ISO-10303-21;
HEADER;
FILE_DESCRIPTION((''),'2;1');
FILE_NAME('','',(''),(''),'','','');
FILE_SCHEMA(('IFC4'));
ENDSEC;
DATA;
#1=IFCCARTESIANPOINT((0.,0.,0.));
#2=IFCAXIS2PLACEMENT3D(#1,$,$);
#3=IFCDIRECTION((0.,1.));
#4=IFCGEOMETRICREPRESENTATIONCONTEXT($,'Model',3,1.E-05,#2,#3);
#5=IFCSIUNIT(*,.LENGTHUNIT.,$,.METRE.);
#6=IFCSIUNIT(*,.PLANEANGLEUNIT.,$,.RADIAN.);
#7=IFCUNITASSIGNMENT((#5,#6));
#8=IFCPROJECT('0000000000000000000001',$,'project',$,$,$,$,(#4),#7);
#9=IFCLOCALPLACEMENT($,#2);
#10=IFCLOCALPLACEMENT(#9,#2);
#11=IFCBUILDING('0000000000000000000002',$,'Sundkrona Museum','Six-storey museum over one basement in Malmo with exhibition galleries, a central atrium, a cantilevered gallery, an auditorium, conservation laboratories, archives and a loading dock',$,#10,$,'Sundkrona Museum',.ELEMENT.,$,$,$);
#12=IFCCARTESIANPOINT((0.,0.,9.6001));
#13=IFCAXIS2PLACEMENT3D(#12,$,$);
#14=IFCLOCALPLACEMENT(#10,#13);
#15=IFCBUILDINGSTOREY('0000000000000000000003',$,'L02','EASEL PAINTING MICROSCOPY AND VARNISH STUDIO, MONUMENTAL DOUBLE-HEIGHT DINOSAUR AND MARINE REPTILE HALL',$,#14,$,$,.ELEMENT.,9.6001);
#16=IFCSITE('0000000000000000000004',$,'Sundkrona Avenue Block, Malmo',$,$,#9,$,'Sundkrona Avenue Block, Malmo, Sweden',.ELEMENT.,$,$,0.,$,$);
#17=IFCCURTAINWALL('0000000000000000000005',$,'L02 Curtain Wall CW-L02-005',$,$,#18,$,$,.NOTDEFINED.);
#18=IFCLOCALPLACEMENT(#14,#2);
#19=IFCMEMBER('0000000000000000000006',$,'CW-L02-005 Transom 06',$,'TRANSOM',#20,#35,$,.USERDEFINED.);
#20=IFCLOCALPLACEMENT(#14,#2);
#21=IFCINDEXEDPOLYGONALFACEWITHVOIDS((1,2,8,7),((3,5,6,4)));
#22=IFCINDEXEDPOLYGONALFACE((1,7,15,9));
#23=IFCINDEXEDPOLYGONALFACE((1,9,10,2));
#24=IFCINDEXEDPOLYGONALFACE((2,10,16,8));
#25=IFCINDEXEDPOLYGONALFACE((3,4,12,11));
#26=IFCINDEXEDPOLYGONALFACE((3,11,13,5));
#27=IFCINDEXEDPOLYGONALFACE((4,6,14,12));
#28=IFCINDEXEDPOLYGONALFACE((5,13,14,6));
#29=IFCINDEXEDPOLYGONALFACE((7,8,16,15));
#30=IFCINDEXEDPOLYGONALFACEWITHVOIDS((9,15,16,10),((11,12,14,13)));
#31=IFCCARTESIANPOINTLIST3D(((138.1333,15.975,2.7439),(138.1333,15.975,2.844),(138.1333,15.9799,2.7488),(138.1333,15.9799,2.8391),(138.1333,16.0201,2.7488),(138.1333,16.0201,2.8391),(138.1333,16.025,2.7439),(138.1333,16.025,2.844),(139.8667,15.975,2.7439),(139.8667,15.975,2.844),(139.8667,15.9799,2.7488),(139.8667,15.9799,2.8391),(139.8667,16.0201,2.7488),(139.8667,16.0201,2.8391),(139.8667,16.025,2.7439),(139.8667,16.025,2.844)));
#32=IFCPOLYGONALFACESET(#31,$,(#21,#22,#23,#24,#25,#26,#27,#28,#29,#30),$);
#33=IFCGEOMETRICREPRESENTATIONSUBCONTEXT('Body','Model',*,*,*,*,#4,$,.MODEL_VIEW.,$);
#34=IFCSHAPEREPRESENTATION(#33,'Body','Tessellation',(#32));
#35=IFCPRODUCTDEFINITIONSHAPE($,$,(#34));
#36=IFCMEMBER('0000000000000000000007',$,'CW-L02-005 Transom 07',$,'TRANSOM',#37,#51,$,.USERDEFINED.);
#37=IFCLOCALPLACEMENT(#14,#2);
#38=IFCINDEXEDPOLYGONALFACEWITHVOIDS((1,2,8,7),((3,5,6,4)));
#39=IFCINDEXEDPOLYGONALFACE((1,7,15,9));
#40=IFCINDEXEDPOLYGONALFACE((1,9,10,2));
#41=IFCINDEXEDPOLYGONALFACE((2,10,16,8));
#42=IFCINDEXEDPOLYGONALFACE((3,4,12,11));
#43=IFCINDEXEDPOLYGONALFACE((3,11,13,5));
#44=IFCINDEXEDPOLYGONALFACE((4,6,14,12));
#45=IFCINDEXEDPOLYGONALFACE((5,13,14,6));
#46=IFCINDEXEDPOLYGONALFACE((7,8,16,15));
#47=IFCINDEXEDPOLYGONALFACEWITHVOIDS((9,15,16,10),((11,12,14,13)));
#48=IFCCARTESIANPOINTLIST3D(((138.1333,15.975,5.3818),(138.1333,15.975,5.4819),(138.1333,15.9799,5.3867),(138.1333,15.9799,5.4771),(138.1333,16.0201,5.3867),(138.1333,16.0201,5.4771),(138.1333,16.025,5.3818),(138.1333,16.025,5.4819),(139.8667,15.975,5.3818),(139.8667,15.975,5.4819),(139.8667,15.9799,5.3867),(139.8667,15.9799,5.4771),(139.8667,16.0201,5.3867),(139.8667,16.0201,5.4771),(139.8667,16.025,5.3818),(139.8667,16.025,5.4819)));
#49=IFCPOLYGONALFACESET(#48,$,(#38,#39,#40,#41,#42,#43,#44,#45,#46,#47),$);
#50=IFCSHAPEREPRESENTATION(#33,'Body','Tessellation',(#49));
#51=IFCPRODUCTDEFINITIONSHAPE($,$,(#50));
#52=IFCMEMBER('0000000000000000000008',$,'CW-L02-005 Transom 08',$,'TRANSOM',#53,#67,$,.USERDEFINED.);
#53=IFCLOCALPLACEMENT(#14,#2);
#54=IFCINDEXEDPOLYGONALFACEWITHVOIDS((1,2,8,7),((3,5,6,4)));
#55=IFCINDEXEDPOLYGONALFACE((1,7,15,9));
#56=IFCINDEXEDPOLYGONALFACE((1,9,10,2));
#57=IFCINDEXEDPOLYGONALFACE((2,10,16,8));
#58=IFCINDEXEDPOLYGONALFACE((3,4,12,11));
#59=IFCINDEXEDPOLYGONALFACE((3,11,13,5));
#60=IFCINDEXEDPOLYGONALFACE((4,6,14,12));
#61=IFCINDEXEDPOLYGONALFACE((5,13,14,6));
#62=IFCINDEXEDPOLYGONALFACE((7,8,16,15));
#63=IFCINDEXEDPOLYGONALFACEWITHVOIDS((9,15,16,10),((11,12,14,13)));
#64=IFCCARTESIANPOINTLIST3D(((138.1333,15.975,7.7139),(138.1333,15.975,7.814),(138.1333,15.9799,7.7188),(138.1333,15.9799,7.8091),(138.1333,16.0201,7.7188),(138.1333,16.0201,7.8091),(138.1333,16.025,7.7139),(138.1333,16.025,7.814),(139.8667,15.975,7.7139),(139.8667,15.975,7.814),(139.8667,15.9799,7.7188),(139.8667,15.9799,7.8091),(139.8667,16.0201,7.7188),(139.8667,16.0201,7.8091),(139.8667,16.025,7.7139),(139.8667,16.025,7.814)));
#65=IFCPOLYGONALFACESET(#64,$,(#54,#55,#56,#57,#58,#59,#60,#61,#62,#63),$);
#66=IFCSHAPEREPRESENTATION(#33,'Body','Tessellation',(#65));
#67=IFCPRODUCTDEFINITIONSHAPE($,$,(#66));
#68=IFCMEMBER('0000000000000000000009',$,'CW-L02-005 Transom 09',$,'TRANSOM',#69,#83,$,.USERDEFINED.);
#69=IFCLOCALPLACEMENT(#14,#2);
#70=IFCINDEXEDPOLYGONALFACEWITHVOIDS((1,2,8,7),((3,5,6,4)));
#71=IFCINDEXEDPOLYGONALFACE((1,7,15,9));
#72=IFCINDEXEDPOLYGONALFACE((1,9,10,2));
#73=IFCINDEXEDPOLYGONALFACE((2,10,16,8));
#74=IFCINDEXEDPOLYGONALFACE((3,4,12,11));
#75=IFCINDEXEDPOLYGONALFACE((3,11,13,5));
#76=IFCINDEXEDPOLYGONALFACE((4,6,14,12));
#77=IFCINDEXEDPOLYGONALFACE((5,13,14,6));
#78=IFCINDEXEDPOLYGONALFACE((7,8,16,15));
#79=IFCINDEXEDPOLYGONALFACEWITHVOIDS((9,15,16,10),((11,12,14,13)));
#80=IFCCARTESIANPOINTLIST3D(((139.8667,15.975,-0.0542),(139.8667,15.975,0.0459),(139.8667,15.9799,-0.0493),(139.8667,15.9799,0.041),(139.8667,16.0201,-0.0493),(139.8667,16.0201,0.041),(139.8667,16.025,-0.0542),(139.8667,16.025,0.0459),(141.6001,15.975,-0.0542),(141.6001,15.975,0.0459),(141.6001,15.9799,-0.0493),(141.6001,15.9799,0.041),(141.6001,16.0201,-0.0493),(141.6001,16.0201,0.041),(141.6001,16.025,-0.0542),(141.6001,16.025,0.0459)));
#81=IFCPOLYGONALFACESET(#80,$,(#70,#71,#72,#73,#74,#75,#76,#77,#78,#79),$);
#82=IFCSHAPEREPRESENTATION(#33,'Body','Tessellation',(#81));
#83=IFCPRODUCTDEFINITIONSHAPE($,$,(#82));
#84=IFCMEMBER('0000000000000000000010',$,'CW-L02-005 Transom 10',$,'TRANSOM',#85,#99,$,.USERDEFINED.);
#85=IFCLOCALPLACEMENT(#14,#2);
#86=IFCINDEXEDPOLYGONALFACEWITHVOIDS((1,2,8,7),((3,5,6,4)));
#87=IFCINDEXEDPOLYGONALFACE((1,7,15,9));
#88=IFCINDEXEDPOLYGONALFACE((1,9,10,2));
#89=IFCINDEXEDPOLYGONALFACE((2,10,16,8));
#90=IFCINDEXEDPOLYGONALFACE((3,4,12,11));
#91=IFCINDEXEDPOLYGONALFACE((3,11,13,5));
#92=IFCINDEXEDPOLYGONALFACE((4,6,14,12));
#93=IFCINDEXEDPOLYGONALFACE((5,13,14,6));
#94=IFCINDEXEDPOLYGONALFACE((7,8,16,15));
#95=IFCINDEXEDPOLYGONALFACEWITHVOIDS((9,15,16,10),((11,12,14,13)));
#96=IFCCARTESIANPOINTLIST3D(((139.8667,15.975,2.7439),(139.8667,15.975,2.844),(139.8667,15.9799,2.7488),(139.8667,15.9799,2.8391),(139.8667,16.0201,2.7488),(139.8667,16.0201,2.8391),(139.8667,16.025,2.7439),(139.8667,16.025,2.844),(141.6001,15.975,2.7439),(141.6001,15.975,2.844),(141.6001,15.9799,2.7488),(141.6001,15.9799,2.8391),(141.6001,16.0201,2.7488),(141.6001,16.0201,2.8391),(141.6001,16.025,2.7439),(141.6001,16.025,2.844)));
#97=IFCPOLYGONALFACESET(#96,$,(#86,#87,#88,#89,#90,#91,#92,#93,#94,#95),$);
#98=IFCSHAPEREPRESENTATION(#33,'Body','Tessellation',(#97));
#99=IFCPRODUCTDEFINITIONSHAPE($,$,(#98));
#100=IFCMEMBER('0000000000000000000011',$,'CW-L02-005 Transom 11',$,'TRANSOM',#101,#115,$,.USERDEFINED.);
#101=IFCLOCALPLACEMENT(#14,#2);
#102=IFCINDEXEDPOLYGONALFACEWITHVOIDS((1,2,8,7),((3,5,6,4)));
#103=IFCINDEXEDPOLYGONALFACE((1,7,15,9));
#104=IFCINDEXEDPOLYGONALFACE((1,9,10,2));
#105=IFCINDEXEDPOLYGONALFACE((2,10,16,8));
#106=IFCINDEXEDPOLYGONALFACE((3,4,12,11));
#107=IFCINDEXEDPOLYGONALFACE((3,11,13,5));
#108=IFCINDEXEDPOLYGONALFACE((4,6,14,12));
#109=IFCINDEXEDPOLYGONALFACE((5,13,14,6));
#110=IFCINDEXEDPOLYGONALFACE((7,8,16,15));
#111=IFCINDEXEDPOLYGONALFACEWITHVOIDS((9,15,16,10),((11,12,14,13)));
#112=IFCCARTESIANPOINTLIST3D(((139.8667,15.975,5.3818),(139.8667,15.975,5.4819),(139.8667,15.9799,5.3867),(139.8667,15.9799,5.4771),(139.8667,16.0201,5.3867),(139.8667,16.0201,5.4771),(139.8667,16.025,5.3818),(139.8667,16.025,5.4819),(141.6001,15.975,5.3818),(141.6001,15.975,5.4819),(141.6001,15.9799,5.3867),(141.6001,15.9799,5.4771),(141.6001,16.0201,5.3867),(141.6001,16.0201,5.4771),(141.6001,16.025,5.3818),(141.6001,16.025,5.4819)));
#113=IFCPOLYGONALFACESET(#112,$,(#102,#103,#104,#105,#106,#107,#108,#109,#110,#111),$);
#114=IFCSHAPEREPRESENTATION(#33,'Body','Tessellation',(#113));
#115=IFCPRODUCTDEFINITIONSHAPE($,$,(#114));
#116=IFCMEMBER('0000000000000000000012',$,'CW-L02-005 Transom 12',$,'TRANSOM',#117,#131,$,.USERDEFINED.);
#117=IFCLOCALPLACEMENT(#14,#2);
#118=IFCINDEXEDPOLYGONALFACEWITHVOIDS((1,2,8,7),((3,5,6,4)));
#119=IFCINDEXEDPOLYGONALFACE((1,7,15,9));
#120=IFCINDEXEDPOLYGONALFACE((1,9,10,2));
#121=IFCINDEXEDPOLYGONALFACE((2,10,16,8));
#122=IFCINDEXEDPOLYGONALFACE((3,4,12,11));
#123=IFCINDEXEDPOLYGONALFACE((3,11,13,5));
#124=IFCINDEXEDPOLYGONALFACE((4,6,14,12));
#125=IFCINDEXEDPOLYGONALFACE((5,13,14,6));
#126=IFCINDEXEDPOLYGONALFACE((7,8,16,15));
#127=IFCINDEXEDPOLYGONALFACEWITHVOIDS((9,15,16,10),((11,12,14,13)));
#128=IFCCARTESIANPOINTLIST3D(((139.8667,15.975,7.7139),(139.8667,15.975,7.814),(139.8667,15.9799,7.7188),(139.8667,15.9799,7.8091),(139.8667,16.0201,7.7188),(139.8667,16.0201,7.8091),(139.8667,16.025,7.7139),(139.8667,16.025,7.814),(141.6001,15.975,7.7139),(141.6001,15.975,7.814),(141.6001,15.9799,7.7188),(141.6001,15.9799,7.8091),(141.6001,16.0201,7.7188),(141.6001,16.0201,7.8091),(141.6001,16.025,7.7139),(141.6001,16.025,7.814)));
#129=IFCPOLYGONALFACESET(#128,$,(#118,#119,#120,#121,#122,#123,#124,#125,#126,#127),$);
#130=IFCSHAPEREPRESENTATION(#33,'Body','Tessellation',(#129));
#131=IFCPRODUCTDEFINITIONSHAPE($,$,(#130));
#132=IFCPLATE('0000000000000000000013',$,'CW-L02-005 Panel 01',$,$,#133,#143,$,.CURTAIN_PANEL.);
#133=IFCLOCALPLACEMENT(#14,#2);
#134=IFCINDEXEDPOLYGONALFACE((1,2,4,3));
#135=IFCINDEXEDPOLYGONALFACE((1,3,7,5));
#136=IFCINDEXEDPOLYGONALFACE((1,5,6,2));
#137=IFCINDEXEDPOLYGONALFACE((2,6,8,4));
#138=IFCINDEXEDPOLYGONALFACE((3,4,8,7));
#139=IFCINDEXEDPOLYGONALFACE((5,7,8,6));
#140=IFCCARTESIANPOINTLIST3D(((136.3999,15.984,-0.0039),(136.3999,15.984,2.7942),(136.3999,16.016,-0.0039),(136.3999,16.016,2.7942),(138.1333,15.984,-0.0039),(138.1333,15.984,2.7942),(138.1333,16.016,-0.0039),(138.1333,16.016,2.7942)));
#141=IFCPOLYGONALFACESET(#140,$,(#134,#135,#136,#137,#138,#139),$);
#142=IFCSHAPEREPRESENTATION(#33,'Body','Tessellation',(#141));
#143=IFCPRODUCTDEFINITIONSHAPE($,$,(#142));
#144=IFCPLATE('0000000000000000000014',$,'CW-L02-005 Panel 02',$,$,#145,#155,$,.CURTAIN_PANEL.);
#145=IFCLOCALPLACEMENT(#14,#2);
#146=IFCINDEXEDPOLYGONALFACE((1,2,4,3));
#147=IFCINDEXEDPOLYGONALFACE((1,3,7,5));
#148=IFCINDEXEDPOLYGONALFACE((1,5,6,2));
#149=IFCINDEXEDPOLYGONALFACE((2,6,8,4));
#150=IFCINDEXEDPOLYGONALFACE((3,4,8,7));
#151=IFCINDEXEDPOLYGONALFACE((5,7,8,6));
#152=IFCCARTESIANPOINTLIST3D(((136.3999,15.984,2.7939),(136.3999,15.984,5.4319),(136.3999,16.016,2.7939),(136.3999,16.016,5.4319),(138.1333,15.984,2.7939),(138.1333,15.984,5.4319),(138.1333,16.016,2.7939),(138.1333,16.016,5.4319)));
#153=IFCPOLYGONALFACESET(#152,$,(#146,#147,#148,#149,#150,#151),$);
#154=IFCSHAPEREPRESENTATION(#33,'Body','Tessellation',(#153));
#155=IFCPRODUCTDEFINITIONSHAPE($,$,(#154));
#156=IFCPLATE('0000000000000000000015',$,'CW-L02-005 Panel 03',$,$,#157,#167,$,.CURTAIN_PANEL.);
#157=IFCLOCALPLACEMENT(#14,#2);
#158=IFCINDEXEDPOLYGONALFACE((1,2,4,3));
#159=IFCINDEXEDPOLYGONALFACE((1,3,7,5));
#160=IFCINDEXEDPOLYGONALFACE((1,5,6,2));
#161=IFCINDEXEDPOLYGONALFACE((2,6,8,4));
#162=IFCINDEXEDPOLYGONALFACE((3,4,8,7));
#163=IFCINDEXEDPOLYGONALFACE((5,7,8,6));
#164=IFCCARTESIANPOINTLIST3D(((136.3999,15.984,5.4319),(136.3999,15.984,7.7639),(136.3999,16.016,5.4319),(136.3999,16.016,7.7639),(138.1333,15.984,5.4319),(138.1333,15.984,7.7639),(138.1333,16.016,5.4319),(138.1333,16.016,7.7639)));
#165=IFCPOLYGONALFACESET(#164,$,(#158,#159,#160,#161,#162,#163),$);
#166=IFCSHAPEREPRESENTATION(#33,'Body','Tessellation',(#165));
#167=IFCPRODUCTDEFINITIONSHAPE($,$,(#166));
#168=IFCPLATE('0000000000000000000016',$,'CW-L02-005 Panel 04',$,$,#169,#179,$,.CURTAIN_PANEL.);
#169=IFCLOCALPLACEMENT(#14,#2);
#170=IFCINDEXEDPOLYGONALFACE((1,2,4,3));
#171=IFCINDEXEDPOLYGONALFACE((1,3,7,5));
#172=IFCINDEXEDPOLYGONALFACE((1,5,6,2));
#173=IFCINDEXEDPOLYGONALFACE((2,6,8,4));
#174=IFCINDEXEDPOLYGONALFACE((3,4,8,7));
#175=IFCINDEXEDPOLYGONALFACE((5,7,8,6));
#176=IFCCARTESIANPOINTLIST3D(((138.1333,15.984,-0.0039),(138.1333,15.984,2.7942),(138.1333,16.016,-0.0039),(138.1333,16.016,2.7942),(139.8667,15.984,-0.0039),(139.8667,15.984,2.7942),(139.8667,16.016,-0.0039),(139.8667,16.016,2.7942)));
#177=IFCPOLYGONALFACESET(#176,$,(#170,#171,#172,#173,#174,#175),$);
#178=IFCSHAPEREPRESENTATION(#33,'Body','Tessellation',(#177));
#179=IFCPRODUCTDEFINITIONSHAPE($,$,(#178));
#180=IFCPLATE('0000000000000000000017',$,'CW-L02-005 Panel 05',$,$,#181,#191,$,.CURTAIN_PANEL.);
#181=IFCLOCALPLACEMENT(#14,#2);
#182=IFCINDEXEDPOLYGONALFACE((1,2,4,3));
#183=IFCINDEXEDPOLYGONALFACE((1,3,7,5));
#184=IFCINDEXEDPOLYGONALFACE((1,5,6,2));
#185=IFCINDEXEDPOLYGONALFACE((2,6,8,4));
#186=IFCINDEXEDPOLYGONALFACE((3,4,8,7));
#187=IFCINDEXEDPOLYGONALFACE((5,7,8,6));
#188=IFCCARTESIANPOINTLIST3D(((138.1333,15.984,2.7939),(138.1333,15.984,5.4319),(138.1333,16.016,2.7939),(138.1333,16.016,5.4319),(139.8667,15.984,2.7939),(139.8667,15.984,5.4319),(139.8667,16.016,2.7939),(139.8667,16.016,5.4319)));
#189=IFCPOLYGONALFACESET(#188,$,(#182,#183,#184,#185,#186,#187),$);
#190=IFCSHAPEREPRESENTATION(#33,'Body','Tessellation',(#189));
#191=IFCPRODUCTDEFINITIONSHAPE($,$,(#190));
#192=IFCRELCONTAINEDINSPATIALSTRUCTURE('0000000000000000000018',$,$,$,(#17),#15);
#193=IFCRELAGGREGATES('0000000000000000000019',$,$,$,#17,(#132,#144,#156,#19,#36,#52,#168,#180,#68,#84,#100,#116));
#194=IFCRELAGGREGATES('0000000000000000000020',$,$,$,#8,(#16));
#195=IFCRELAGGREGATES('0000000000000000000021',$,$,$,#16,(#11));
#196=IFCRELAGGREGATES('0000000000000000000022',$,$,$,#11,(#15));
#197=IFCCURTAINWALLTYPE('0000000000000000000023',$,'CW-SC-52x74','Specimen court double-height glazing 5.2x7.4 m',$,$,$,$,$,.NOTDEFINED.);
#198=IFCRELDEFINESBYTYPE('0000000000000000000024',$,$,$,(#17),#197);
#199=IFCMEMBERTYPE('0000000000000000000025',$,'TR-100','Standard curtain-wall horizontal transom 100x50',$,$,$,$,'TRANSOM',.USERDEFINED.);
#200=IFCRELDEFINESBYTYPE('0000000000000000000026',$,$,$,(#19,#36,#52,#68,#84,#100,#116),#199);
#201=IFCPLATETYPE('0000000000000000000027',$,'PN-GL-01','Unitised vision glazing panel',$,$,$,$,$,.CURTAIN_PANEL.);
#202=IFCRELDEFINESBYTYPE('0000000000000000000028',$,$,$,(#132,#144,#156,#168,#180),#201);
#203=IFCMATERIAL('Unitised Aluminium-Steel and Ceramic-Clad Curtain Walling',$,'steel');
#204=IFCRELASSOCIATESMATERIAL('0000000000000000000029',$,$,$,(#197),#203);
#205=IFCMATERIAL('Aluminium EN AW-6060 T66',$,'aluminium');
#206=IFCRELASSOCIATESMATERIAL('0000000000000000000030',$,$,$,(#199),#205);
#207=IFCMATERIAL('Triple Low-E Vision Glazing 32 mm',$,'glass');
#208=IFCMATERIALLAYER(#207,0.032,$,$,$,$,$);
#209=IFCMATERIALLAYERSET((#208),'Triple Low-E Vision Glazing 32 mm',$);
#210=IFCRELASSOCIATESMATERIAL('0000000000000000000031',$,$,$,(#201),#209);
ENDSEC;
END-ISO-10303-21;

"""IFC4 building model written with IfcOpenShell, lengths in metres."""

from ifc_helpers import new_model, si_unit, direction, frame, origin, origin_2d, place, context, subcontext, project, spatial, rectangle, hollow_rectangle, extrude, material, layer, layer_set, material_profile, profile_set, type_object, element, aggregate, save


model = new_model("IFC4")

# Units and contexts
model_context = context("Model", 3, precision=1e-05, world=origin(), true_north=direction((0.0, 1.0)))
body_context = subcontext(model_context, "Body", "Model", "MODEL_VIEW")
ifc_project = project(units=[si_unit("LENGTHUNIT", "METRE"), si_unit("PLANEANGLEUNIT", "RADIAN")], contexts=[model_context])

# Site, building, storey
site_placement = place(None, origin())
site = spatial("IfcSite", under=ifc_project, at=site_placement, Name="Sundkrona Avenue Block, Malmo", LongName="Sundkrona Avenue Block, Malmo, Sweden", CompositionType="ELEMENT", RefElevation=0.0)
building_placement = place(site_placement, origin())
building = spatial("IfcBuilding", under=site, at=building_placement, Name="Sundkrona Museum", Description="Six-storey museum over one basement in Malmo with exhibition galleries, a central atrium, a cantilevered gallery, an auditorium, conservation laboratories, archives and a loading dock", LongName="Sundkrona Museum", CompositionType="ELEMENT")
storey_placement = place(building_placement, frame((0.0, 0.0, 9.6001)))
storey = spatial("IfcBuildingStorey", under=building, at=storey_placement, Name="L02", Description="EASEL PAINTING MICROSCOPY AND VARNISH STUDIO, MONUMENTAL DOUBLE-HEIGHT DINOSAUR AND MARINE REPTILE HALL", CompositionType="ELEMENT", Elevation=9.6001)

# Curtain wall
ifc_material_1 = material(Name="Unitised Aluminium-Steel and Ceramic-Clad Curtain Walling", Category="steel")
curtain_wall_type = type_object("IfcCurtainWallType", Name="CW-SC-52x74", Description="Specimen court double-height glazing 5.2x7.4 m", PredefinedType="NOTDEFINED", material=ifc_material_1)
curtain_wall_1_placement = place(storey_placement, origin())
curtain_wall_1 = element("IfcCurtainWall", 1, at=curtain_wall_1_placement, inside=storey, type_object=curtain_wall_type, Name="L02 Curtain Wall CW-L02-005", PredefinedType="NOTDEFINED")
ifc_material_2 = material(Name="Aluminium EN AW-6060 T66", Category="aluminium")

# Members
ifc_material_profile_1 = material_profile(ifc_material_2, hollow_rectangle(XDim=0.05, YDim=0.1001, WallThickness=0.0049, at=origin_2d()), Name="RHS 100x50x5.0")
ifc_profile_set_1 = profile_set([ifc_material_profile_1], Name="Aluminium EN AW-6060 T66")
member_type_1 = type_object("IfcMemberType", Name="TR-100", Description="Standard curtain-wall horizontal transom 100x50", ElementType="TRANSOM", PredefinedType="USERDEFINED", material=ifc_profile_set_1)
member_1_placement = place(storey_placement, frame((138.1333, 16.0, 2.7939), z_axis=(1.0, 0.0, 0.0), x_axis=(0.0, 1.0, 0.0)))
member_1 = element("IfcMember", 2, at=member_1_placement, type_object=member_type_1, Name="CW-L02-005 Transom 06", ObjectType="TRANSOM", PredefinedType="USERDEFINED", context=body_context, shape_type="SweptSolid", body=[
    extrude(hollow_rectangle(XDim=0.05, YDim=0.1001, WallThickness=0.0049, at=origin_2d()), origin(), (0.0, 0.0, 1.0), 1.7334),
])
member_2_placement = place(storey_placement, frame((138.1333, 16.0, 5.4319), z_axis=(1.0, 0.0, 0.0), x_axis=(0.0, 1.0, 0.0)))
member_2 = element("IfcMember", 3, at=member_2_placement, type_object=member_type_1, Name="CW-L02-005 Transom 07", ObjectType="TRANSOM", PredefinedType="USERDEFINED", context=body_context, shape_type="SweptSolid", body=[
    extrude(hollow_rectangle(XDim=0.05, YDim=0.1001, WallThickness=0.0049, at=origin_2d()), origin(), (0.0, 0.0, 1.0), 1.7334),
])
member_3_placement = place(storey_placement, frame((138.1333, 16.0, 7.7639), z_axis=(1.0, 0.0, 0.0), x_axis=(0.0, 1.0, 0.0)))
member_3 = element("IfcMember", 4, at=member_3_placement, type_object=member_type_1, Name="CW-L02-005 Transom 08", ObjectType="TRANSOM", PredefinedType="USERDEFINED", context=body_context, shape_type="SweptSolid", body=[
    extrude(hollow_rectangle(XDim=0.05, YDim=0.1001, WallThickness=0.0049, at=origin_2d()), origin(), (0.0, 0.0, 1.0), 1.7334),
])
member_4_placement = place(storey_placement, frame((139.8667, 16.0, -0.0042), z_axis=(1.0, 0.0, 0.0), x_axis=(0.0, 1.0, 0.0)))
member_4 = element("IfcMember", 5, at=member_4_placement, type_object=member_type_1, Name="CW-L02-005 Transom 09", ObjectType="TRANSOM", PredefinedType="USERDEFINED", context=body_context, shape_type="SweptSolid", body=[
    extrude(hollow_rectangle(XDim=0.05, YDim=0.1001, WallThickness=0.0049, at=origin_2d()), origin(), (0.0, 0.0, 1.0), 1.7334),
])
member_5_placement = place(storey_placement, frame((139.8667, 16.0, 2.7939), z_axis=(1.0, 0.0, 0.0), x_axis=(0.0, 1.0, 0.0)))
member_5 = element("IfcMember", 6, at=member_5_placement, type_object=member_type_1, Name="CW-L02-005 Transom 10", ObjectType="TRANSOM", PredefinedType="USERDEFINED", context=body_context, shape_type="SweptSolid", body=[
    extrude(hollow_rectangle(XDim=0.05, YDim=0.1001, WallThickness=0.0049, at=origin_2d()), origin(), (0.0, 0.0, 1.0), 1.7334),
])
member_6_placement = place(storey_placement, frame((139.8667, 16.0, 5.4319), z_axis=(1.0, 0.0, 0.0), x_axis=(0.0, 1.0, 0.0)))
member_6 = element("IfcMember", 7, at=member_6_placement, type_object=member_type_1, Name="CW-L02-005 Transom 11", ObjectType="TRANSOM", PredefinedType="USERDEFINED", context=body_context, shape_type="SweptSolid", body=[
    extrude(hollow_rectangle(XDim=0.05, YDim=0.1001, WallThickness=0.0049, at=origin_2d()), origin(), (0.0, 0.0, 1.0), 1.7334),
])
member_7_placement = place(storey_placement, frame((139.8667, 16.0, 7.7639), z_axis=(1.0, 0.0, 0.0), x_axis=(0.0, 1.0, 0.0)))
member_7 = element("IfcMember", 8, at=member_7_placement, type_object=member_type_1, Name="CW-L02-005 Transom 12", ObjectType="TRANSOM", PredefinedType="USERDEFINED", context=body_context, shape_type="SweptSolid", body=[
    extrude(hollow_rectangle(XDim=0.05, YDim=0.1001, WallThickness=0.0049, at=origin_2d()), origin(), (0.0, 0.0, 1.0), 1.7334),
])

# Plates
ifc_material_3 = material(Name="Triple Low-E Vision Glazing 32 mm", Category="glass")
ifc_layer = layer(ifc_material_3, 0.032)
ifc_layer_set = layer_set([ifc_layer], Name="Triple Low-E Vision Glazing 32 mm")
plate_type = type_object("IfcPlateType", Name="PN-GL-01", Description="Unitised vision glazing panel", PredefinedType="CURTAIN_PANEL", material=ifc_layer_set)
plate_1_placement = place(storey_placement, frame((137.2666, 16.0, -0.0039), z_axis=(0.0, 0.0, 1.0), x_axis=(1.0, 0.0, 0.0)))
plate_1 = element("IfcPlate", 9, at=plate_1_placement, type_object=plate_type, Name="CW-L02-005 Panel 01", PredefinedType="CURTAIN_PANEL", context=body_context, shape_type="SweptSolid", body=[
    extrude(rectangle(XDim=1.7334, YDim=0.032, at=origin_2d()), origin(), (0.0, 0.0, 1.0), 2.7981),
])
plate_2_placement = place(storey_placement, frame((137.2666, 16.0, 2.7939), z_axis=(0.0, 0.0, 1.0), x_axis=(1.0, 0.0, 0.0)))
plate_2 = element("IfcPlate", 10, at=plate_2_placement, type_object=plate_type, Name="CW-L02-005 Panel 02", PredefinedType="CURTAIN_PANEL", context=body_context, shape_type="SweptSolid", body=[
    extrude(rectangle(XDim=1.7334, YDim=0.032, at=origin_2d()), origin(), (0.0, 0.0, 1.0), 2.6379),
])
plate_3_placement = place(storey_placement, frame((137.2666, 16.0, 5.4319), z_axis=(0.0, 0.0, 1.0), x_axis=(1.0, 0.0, 0.0)))
plate_3 = element("IfcPlate", 11, at=plate_3_placement, type_object=plate_type, Name="CW-L02-005 Panel 03", PredefinedType="CURTAIN_PANEL", context=body_context, shape_type="SweptSolid", body=[
    extrude(rectangle(XDim=1.7334, YDim=0.032, at=origin_2d()), origin(), (0.0, 0.0, 1.0), 2.332),
])
plate_4_placement = place(storey_placement, frame((139.0, 16.0, -0.0039), z_axis=(0.0, 0.0, 1.0), x_axis=(1.0, 0.0, 0.0)))
plate_4 = element("IfcPlate", 12, at=plate_4_placement, type_object=plate_type, Name="CW-L02-005 Panel 04", PredefinedType="CURTAIN_PANEL", context=body_context, shape_type="SweptSolid", body=[
    extrude(rectangle(XDim=1.7334, YDim=0.032, at=origin_2d()), origin(), (0.0, 0.0, 1.0), 2.7981),
])
plate_5_placement = place(storey_placement, frame((139.0, 16.0, 2.7939), z_axis=(0.0, 0.0, 1.0), x_axis=(1.0, 0.0, 0.0)))
plate_5 = element("IfcPlate", 13, at=plate_5_placement, type_object=plate_type, Name="CW-L02-005 Panel 05", PredefinedType="CURTAIN_PANEL", context=body_context, shape_type="SweptSolid", body=[
    extrude(rectangle(XDim=1.7334, YDim=0.032, at=origin_2d()), origin(), (0.0, 0.0, 1.0), 2.6379),
])
aggregate(curtain_wall_1, [plate_1, plate_2, plate_3, member_1, member_2, member_3, plate_4, plate_5, member_4, member_5, member_6, member_7])

save(model, "model.ifc")
